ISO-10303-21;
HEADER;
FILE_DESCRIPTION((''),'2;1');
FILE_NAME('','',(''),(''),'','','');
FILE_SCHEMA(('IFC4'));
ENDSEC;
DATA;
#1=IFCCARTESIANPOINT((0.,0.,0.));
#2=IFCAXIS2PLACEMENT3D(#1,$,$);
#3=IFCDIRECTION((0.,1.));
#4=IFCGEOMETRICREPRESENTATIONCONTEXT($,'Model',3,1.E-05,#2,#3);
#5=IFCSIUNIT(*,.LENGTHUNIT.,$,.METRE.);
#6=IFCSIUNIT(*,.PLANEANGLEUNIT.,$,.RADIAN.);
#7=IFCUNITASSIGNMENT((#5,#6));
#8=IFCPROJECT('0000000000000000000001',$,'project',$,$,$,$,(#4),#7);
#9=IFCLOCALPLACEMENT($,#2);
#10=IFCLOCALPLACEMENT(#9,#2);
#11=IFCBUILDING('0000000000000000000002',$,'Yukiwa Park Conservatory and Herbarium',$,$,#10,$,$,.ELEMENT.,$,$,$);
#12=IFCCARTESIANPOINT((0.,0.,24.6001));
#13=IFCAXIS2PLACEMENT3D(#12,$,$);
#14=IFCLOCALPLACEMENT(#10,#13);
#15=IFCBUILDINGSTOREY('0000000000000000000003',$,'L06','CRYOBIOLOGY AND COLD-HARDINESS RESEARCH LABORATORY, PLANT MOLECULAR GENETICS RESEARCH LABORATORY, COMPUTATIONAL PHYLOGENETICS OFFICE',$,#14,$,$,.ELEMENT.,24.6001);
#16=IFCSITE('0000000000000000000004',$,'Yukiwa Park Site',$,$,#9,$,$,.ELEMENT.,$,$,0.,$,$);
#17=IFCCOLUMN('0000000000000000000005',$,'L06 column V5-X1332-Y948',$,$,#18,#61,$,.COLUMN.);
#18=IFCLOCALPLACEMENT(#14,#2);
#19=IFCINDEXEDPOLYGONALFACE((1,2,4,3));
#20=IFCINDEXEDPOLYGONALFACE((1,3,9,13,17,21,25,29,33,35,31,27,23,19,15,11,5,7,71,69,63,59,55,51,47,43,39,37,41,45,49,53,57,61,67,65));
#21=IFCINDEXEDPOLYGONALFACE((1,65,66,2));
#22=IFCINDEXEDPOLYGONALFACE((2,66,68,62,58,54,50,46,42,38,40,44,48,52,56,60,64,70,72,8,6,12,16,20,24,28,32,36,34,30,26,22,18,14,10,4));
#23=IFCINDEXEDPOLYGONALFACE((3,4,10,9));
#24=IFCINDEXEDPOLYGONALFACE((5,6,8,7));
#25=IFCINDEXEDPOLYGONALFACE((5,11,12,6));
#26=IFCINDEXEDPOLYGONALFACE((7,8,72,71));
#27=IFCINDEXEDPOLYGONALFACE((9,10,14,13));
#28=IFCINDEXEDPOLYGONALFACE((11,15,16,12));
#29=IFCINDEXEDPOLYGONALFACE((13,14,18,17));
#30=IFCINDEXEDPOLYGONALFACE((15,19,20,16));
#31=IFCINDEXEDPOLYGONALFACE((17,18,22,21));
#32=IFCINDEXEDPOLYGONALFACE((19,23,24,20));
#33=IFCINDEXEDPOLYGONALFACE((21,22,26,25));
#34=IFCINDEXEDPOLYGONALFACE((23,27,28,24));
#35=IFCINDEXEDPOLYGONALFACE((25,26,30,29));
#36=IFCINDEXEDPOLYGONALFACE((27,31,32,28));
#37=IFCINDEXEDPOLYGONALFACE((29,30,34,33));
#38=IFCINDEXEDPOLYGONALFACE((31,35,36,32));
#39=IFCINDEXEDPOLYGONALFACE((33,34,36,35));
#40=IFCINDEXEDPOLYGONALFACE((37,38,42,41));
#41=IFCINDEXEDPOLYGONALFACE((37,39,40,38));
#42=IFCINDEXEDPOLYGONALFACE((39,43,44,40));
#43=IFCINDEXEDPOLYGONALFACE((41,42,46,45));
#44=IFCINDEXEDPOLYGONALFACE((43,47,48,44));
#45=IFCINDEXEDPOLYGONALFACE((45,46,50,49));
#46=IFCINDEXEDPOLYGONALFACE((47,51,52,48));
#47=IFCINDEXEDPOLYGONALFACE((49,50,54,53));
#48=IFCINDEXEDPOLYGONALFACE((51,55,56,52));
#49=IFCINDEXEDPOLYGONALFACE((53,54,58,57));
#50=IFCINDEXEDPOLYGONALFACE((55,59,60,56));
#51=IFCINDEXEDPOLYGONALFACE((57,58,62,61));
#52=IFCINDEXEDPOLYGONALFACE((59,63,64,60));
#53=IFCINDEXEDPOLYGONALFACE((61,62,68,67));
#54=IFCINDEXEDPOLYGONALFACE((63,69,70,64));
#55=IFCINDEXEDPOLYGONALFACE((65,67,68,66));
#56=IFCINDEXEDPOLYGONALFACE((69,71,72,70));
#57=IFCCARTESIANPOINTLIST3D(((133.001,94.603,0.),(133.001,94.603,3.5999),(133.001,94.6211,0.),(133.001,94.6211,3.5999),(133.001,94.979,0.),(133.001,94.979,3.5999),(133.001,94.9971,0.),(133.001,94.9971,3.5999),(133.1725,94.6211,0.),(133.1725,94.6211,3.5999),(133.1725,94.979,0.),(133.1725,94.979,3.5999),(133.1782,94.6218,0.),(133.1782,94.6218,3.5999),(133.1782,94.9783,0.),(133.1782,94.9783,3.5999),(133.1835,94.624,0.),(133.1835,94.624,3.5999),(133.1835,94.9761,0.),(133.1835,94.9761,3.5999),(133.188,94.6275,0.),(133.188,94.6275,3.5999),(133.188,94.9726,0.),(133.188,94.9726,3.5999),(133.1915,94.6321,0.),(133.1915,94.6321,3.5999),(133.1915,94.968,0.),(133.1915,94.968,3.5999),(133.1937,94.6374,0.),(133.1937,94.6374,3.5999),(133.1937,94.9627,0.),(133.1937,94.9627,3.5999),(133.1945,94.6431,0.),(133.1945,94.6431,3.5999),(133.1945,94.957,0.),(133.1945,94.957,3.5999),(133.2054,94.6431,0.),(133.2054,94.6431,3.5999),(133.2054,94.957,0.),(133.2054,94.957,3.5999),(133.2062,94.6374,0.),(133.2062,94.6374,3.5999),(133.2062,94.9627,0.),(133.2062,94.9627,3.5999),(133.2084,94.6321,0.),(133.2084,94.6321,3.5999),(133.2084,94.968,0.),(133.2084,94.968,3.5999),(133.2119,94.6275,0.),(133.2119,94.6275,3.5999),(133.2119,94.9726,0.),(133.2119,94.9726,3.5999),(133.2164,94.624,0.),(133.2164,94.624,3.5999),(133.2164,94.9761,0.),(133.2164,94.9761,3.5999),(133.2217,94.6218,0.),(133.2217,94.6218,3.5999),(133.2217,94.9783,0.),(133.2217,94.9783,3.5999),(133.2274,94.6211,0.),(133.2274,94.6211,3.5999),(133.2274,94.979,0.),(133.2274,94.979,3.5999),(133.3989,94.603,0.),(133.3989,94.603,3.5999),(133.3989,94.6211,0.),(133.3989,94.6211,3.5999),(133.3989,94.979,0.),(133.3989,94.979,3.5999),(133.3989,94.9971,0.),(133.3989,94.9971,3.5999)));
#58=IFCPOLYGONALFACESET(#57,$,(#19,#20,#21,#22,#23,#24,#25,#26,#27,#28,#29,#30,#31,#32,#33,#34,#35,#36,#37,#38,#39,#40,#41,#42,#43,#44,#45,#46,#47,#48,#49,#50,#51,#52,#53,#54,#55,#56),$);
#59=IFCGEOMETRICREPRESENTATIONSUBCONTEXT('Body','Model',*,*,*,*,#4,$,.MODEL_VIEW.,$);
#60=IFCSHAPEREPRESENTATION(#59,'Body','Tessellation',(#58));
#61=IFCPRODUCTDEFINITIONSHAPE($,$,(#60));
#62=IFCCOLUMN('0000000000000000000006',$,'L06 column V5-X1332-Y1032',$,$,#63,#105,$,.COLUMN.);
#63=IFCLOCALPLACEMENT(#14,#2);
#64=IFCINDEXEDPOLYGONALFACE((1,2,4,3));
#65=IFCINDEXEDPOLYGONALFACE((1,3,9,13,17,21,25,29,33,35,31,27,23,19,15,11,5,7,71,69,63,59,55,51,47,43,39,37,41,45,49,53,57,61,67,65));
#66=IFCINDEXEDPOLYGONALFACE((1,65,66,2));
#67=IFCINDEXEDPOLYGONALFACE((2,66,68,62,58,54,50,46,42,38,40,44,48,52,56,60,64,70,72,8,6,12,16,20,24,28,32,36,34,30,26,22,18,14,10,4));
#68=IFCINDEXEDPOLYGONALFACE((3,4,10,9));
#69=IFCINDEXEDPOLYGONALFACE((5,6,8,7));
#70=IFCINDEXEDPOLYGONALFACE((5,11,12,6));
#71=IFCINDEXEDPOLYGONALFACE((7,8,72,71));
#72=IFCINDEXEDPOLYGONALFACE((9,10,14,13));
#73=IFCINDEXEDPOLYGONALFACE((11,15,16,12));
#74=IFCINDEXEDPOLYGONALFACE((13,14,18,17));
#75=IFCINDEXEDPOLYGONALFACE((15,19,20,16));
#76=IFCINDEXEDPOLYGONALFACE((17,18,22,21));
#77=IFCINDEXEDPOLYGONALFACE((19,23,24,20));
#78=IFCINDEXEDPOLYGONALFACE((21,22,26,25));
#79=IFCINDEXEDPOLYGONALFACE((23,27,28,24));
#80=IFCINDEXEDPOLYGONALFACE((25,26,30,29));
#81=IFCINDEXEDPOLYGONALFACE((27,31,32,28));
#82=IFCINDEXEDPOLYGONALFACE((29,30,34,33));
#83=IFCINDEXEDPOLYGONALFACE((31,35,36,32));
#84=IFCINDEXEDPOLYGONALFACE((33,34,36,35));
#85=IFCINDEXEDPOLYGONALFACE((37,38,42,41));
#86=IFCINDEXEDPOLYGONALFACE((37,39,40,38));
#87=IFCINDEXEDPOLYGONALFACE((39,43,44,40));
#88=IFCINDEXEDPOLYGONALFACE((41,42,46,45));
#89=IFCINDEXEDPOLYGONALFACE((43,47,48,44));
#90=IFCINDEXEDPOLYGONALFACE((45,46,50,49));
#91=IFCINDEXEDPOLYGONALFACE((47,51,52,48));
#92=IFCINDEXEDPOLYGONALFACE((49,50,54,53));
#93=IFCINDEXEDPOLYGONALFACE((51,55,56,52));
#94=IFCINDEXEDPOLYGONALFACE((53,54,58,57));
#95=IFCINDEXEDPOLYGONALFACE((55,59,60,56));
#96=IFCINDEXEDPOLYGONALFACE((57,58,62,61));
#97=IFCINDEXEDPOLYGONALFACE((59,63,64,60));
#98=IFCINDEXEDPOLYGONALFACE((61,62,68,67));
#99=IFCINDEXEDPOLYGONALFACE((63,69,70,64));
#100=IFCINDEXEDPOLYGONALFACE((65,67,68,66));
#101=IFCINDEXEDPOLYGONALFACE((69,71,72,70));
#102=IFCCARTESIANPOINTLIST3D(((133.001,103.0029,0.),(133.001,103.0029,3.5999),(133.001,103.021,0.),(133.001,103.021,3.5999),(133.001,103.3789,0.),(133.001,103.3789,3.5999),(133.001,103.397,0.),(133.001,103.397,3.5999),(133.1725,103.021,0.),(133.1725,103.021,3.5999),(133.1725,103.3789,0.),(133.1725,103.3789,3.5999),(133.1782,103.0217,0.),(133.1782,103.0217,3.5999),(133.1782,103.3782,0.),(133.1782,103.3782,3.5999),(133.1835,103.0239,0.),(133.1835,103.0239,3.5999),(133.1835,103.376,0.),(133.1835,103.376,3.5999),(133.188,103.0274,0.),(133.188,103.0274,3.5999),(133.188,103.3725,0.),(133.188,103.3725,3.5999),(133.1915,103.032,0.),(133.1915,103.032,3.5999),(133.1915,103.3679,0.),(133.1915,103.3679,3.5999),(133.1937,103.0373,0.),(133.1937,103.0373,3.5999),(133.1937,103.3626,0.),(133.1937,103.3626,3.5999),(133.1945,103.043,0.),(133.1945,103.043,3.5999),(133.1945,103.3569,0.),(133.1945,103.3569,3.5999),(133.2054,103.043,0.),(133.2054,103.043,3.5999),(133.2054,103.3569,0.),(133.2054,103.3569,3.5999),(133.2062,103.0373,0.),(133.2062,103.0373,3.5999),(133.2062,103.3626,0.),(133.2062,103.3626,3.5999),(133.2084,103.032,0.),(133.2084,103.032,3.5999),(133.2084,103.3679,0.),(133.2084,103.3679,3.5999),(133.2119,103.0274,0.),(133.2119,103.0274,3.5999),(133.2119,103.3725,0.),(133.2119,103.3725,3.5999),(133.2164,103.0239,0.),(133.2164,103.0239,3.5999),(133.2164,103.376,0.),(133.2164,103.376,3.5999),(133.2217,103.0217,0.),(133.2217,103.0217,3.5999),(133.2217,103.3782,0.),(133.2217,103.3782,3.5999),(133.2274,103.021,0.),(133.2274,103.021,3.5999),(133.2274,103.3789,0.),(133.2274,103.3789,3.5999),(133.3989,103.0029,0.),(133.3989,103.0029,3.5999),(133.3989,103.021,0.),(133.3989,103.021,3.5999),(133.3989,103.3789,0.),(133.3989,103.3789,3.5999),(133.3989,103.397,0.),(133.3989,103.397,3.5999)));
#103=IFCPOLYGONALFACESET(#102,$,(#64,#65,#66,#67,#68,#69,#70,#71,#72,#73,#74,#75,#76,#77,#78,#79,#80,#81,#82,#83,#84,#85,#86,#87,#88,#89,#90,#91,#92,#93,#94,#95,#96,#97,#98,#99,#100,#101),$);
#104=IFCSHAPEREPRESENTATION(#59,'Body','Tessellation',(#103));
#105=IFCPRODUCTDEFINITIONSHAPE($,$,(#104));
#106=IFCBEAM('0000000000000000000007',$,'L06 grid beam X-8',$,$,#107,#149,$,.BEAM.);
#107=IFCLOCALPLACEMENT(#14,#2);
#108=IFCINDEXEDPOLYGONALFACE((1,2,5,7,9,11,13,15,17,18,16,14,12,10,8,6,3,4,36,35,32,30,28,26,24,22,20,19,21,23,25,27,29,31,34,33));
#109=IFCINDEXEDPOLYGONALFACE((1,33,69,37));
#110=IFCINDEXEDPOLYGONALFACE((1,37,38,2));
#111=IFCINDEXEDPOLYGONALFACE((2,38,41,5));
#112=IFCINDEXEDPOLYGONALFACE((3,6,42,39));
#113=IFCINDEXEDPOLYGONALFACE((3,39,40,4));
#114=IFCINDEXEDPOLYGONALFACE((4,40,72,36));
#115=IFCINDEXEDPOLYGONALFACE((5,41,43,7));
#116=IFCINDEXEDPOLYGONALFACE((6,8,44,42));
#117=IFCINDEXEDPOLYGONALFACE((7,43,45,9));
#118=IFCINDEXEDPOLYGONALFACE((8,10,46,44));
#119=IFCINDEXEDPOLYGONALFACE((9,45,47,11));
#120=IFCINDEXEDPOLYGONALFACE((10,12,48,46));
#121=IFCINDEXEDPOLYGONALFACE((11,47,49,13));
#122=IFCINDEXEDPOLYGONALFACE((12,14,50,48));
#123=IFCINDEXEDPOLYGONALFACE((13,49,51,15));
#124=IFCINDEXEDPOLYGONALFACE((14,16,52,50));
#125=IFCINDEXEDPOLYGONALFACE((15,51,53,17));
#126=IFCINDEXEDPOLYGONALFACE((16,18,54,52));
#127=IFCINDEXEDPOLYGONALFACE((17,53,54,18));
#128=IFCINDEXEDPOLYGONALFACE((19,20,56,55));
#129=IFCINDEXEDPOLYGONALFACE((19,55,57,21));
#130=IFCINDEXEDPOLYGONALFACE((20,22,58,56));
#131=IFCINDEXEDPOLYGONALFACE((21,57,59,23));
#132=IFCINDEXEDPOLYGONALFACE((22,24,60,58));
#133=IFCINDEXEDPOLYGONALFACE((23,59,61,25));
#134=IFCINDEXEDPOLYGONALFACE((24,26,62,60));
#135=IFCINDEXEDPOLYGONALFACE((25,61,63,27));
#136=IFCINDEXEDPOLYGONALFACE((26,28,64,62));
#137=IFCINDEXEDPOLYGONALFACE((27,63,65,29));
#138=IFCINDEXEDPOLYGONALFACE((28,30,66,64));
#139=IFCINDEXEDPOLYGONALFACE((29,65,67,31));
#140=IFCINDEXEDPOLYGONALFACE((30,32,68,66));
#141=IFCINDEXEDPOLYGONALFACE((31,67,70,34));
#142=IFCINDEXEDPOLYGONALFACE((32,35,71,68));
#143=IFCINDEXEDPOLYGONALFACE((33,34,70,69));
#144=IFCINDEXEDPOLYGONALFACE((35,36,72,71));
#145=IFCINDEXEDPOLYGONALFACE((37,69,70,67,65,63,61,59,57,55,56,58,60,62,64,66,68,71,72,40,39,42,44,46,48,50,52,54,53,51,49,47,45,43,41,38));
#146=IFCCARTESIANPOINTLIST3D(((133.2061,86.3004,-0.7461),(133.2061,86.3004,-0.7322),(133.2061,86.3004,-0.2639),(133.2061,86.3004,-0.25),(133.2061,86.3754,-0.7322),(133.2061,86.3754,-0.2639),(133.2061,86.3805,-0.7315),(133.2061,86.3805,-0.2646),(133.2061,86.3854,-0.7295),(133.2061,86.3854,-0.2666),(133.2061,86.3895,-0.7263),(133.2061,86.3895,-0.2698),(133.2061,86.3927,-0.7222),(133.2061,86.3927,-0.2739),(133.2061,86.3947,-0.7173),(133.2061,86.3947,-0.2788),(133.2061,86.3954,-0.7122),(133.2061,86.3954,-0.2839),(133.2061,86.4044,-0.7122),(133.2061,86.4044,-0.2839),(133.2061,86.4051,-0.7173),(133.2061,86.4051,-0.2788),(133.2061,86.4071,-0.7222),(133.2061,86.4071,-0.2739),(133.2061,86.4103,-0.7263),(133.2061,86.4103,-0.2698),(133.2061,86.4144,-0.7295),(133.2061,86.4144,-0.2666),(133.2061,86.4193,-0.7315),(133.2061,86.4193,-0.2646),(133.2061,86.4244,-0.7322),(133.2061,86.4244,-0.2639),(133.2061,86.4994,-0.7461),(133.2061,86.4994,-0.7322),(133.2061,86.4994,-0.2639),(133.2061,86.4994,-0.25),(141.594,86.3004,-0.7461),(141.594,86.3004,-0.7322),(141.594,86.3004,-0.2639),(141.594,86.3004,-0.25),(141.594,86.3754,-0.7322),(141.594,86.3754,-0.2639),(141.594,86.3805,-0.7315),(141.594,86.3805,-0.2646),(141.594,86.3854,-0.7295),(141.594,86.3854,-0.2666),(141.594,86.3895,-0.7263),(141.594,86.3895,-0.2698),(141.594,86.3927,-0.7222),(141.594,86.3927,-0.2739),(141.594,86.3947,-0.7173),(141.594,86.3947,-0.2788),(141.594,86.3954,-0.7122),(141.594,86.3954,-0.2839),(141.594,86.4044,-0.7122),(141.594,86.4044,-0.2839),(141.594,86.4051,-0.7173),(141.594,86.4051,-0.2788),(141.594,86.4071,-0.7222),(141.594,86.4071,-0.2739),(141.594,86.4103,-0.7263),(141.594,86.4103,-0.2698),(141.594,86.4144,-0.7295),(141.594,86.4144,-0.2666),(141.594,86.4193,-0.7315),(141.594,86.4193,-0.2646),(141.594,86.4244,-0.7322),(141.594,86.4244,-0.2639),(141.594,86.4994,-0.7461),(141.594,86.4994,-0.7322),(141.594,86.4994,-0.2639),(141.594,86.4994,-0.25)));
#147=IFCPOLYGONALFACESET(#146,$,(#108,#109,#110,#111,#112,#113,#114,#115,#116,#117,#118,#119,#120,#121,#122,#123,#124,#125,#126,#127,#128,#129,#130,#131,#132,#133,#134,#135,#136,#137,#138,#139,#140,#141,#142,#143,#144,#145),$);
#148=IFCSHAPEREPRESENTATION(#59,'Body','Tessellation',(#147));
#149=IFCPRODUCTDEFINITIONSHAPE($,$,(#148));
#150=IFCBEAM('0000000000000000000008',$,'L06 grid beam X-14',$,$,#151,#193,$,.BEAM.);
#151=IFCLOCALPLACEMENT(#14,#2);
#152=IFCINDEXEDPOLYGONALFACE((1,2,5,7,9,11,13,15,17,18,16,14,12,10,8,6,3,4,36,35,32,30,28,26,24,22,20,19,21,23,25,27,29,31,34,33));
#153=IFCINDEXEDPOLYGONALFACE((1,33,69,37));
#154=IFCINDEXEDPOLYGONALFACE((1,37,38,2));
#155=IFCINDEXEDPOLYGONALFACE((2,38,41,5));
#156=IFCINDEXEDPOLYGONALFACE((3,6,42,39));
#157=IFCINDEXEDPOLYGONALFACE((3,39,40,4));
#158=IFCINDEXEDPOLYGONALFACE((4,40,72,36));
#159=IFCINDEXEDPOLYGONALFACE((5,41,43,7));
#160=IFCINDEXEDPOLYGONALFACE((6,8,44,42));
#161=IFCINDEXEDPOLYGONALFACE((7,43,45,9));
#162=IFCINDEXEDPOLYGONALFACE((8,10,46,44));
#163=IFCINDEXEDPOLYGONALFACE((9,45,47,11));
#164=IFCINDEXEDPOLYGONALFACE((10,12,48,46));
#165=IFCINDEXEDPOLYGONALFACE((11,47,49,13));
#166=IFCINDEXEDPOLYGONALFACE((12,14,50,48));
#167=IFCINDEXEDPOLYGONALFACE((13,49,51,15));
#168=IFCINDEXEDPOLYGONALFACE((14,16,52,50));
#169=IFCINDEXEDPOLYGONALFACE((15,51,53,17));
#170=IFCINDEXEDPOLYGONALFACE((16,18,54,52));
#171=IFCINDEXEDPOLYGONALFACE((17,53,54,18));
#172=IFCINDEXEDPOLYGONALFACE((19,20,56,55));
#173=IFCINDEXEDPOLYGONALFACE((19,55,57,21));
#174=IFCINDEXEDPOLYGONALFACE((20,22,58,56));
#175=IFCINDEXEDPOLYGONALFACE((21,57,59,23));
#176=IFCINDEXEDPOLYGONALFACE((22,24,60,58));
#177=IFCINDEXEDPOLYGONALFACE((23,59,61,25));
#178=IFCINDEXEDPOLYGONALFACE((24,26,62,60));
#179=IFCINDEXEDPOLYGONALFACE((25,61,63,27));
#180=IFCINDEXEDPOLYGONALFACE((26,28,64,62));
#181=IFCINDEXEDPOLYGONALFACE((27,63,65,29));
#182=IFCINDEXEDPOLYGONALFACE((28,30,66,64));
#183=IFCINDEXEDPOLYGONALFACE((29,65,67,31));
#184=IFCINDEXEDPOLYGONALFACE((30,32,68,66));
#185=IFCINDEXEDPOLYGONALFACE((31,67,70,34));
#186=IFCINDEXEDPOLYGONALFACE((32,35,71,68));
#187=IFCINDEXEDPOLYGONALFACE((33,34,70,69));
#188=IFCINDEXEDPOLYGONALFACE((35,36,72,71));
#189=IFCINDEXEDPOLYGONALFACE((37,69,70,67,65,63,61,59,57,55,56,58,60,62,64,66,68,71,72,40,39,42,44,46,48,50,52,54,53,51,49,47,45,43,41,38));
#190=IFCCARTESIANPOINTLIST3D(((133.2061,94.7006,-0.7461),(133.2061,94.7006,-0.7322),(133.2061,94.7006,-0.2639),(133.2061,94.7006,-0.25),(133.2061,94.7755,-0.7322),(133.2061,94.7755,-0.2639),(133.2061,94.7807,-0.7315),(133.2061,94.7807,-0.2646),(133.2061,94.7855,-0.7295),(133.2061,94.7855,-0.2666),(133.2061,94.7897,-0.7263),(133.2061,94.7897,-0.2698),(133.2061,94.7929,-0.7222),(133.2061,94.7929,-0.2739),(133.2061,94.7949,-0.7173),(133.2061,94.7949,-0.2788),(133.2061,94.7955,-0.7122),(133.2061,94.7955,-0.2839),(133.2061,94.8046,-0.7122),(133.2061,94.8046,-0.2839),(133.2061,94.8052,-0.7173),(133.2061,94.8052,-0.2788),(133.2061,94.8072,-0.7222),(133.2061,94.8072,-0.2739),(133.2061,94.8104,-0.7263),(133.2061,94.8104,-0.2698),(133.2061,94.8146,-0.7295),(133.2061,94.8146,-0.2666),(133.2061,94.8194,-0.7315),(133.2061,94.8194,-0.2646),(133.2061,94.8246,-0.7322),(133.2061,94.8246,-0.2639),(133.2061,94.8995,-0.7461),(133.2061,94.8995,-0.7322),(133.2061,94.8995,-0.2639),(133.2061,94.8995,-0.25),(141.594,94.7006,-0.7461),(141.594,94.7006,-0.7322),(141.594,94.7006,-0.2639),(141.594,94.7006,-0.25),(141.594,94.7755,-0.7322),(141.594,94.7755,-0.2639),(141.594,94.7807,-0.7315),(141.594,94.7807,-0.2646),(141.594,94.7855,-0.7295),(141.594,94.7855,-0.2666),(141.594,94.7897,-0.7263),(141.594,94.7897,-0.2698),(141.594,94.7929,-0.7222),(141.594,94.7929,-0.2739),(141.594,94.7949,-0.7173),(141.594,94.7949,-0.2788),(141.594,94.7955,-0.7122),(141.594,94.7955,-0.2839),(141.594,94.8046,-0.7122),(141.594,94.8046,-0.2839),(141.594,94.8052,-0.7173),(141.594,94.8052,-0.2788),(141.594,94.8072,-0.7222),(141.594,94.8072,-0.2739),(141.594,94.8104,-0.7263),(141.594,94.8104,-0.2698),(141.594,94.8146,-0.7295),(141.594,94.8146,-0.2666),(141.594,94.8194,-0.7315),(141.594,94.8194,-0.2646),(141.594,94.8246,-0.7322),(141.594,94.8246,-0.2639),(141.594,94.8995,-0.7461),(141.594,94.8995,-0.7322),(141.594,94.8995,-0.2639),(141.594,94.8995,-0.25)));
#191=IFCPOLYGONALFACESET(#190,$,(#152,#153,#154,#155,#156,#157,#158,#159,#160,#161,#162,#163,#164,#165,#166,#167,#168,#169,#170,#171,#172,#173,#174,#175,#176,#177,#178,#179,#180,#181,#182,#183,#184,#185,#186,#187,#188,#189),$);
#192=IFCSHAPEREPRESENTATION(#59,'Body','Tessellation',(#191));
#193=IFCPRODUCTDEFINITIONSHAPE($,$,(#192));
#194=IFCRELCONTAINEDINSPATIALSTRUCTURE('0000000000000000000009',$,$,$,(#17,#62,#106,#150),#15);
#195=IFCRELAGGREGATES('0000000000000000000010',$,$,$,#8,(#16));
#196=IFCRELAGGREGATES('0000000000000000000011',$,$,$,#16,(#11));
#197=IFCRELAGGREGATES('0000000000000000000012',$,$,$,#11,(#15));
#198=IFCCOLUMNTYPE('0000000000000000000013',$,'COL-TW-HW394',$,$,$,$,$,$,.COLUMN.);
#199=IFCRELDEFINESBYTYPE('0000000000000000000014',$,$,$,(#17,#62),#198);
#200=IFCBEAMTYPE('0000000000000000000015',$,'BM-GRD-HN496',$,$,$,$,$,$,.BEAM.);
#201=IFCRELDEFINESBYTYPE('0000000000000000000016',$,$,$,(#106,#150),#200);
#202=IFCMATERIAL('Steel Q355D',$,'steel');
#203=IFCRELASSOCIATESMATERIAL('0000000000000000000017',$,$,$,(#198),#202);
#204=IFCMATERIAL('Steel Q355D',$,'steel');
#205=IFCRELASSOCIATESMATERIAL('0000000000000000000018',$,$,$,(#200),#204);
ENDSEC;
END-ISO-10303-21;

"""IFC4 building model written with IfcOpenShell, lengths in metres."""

from ifc_helpers import new_model, si_unit, direction, frame, origin, origin_2d, place, context, subcontext, project, spatial, i_section, extrude, material, material_profile, profile_set, type_object, element, save


model = new_model("IFC4")

# Units and contexts
model_context = context("Model", 3, precision=1e-05, world=origin(), true_north=direction((0.0, 1.0)))
body_context = subcontext(model_context, "Body", "Model", "MODEL_VIEW")
ifc_project = project(units=[si_unit("LENGTHUNIT", "METRE"), si_unit("PLANEANGLEUNIT", "RADIAN")], contexts=[model_context])

# Site, building, storey
site_placement = place(None, origin())
site = spatial("IfcSite", under=ifc_project, at=site_placement, Name="Yukiwa Park Site", CompositionType="ELEMENT", RefElevation=0.0)
building_placement = place(site_placement, origin())
building = spatial("IfcBuilding", under=site, at=building_placement, Name="Yukiwa Park Conservatory and Herbarium", CompositionType="ELEMENT")
storey_placement = place(building_placement, frame((0.0, 0.0, 24.6001)))
storey = spatial("IfcBuildingStorey", under=building, at=storey_placement, Name="L06", Description="CRYOBIOLOGY AND COLD-HARDINESS RESEARCH LABORATORY, PLANT MOLECULAR GENETICS RESEARCH LABORATORY, COMPUTATIONAL PHYLOGENETICS OFFICE", CompositionType="ELEMENT", Elevation=24.6001)

# Columns
ifc_material_1 = material(Name="Steel Q355D", Category="steel")
ifc_material_profile_1 = material_profile(ifc_material_1, i_section(OverallWidth=0.3979, OverallDepth=0.394, WebThickness=0.011, FlangeThickness=0.0181, FilletRadius=0.022, at=origin_2d()), Name="HW 394x398x11x18")
ifc_profile_set_1 = profile_set([ifc_material_profile_1], Name="Steel Q355D")
column_type_1 = type_object("IfcColumnType", Name="COL-TW-HW394", PredefinedType="COLUMN", material=ifc_profile_set_1)
for number, where, z_axis, x_axis, name in (
    (1, (133.2, 94.8, 0.0), (0.0, 0.0, 1.0), (1.0, 0.0, 0.0), "L06 column V5-X1332-Y948"),
    (2, (133.2, 103.2, 0.0), (0.0, 0.0, 1.0), (1.0, 0.0, 0.0), "L06 column V5-X1332-Y1032"),
):
    element("IfcColumn", number, at=place(storey_placement, frame(where, z_axis=z_axis, x_axis=x_axis)), inside=storey, type_object=column_type_1, Name=name, PredefinedType="COLUMN", context=body_context, shape_type="SweptSolid", body=[
        extrude(i_section(OverallWidth=0.3979, OverallDepth=0.394, WebThickness=0.011, FlangeThickness=0.0181, FilletRadius=0.022, at=origin_2d()), origin(), (0.0, 0.0, 1.0), 3.5999),
    ])

# Beams
ifc_material_2 = material(Name="Steel Q355D", Category="steel")
ifc_material_profile_2 = material_profile(ifc_material_2, i_section(OverallWidth=0.199, OverallDepth=0.4961, WebThickness=0.009, FlangeThickness=0.0139, FilletRadius=0.02, at=origin_2d()), Name="HN 496x199x9x14")
ifc_profile_set_2 = profile_set([ifc_material_profile_2], Name="Steel Q355D")
beam_type_1 = type_object("IfcBeamType", Name="BM-GRD-HN496", PredefinedType="BEAM", material=ifc_profile_set_2)
for number, where, z_axis, x_axis, name in (
    (3, (133.2061, 86.3999, -0.498), (1.0, 0.0, 0.0), (0.0, 1.0, 0.0), "L06 grid beam X-8"),
    (4, (133.2061, 94.8, -0.498), (1.0, 0.0, 0.0), (0.0, 1.0, 0.0), "L06 grid beam X-14"),
):
    element("IfcBeam", number, at=place(storey_placement, frame(where, z_axis=z_axis, x_axis=x_axis)), inside=storey, type_object=beam_type_1, Name=name, PredefinedType="BEAM", context=body_context, shape_type="SweptSolid", body=[
        extrude(i_section(OverallWidth=0.199, OverallDepth=0.4961, WebThickness=0.009, FlangeThickness=0.0139, FilletRadius=0.02, at=origin_2d()), origin(), (0.0, 0.0, 1.0), 8.3879),
    ])

save(model, "model.ifc")
